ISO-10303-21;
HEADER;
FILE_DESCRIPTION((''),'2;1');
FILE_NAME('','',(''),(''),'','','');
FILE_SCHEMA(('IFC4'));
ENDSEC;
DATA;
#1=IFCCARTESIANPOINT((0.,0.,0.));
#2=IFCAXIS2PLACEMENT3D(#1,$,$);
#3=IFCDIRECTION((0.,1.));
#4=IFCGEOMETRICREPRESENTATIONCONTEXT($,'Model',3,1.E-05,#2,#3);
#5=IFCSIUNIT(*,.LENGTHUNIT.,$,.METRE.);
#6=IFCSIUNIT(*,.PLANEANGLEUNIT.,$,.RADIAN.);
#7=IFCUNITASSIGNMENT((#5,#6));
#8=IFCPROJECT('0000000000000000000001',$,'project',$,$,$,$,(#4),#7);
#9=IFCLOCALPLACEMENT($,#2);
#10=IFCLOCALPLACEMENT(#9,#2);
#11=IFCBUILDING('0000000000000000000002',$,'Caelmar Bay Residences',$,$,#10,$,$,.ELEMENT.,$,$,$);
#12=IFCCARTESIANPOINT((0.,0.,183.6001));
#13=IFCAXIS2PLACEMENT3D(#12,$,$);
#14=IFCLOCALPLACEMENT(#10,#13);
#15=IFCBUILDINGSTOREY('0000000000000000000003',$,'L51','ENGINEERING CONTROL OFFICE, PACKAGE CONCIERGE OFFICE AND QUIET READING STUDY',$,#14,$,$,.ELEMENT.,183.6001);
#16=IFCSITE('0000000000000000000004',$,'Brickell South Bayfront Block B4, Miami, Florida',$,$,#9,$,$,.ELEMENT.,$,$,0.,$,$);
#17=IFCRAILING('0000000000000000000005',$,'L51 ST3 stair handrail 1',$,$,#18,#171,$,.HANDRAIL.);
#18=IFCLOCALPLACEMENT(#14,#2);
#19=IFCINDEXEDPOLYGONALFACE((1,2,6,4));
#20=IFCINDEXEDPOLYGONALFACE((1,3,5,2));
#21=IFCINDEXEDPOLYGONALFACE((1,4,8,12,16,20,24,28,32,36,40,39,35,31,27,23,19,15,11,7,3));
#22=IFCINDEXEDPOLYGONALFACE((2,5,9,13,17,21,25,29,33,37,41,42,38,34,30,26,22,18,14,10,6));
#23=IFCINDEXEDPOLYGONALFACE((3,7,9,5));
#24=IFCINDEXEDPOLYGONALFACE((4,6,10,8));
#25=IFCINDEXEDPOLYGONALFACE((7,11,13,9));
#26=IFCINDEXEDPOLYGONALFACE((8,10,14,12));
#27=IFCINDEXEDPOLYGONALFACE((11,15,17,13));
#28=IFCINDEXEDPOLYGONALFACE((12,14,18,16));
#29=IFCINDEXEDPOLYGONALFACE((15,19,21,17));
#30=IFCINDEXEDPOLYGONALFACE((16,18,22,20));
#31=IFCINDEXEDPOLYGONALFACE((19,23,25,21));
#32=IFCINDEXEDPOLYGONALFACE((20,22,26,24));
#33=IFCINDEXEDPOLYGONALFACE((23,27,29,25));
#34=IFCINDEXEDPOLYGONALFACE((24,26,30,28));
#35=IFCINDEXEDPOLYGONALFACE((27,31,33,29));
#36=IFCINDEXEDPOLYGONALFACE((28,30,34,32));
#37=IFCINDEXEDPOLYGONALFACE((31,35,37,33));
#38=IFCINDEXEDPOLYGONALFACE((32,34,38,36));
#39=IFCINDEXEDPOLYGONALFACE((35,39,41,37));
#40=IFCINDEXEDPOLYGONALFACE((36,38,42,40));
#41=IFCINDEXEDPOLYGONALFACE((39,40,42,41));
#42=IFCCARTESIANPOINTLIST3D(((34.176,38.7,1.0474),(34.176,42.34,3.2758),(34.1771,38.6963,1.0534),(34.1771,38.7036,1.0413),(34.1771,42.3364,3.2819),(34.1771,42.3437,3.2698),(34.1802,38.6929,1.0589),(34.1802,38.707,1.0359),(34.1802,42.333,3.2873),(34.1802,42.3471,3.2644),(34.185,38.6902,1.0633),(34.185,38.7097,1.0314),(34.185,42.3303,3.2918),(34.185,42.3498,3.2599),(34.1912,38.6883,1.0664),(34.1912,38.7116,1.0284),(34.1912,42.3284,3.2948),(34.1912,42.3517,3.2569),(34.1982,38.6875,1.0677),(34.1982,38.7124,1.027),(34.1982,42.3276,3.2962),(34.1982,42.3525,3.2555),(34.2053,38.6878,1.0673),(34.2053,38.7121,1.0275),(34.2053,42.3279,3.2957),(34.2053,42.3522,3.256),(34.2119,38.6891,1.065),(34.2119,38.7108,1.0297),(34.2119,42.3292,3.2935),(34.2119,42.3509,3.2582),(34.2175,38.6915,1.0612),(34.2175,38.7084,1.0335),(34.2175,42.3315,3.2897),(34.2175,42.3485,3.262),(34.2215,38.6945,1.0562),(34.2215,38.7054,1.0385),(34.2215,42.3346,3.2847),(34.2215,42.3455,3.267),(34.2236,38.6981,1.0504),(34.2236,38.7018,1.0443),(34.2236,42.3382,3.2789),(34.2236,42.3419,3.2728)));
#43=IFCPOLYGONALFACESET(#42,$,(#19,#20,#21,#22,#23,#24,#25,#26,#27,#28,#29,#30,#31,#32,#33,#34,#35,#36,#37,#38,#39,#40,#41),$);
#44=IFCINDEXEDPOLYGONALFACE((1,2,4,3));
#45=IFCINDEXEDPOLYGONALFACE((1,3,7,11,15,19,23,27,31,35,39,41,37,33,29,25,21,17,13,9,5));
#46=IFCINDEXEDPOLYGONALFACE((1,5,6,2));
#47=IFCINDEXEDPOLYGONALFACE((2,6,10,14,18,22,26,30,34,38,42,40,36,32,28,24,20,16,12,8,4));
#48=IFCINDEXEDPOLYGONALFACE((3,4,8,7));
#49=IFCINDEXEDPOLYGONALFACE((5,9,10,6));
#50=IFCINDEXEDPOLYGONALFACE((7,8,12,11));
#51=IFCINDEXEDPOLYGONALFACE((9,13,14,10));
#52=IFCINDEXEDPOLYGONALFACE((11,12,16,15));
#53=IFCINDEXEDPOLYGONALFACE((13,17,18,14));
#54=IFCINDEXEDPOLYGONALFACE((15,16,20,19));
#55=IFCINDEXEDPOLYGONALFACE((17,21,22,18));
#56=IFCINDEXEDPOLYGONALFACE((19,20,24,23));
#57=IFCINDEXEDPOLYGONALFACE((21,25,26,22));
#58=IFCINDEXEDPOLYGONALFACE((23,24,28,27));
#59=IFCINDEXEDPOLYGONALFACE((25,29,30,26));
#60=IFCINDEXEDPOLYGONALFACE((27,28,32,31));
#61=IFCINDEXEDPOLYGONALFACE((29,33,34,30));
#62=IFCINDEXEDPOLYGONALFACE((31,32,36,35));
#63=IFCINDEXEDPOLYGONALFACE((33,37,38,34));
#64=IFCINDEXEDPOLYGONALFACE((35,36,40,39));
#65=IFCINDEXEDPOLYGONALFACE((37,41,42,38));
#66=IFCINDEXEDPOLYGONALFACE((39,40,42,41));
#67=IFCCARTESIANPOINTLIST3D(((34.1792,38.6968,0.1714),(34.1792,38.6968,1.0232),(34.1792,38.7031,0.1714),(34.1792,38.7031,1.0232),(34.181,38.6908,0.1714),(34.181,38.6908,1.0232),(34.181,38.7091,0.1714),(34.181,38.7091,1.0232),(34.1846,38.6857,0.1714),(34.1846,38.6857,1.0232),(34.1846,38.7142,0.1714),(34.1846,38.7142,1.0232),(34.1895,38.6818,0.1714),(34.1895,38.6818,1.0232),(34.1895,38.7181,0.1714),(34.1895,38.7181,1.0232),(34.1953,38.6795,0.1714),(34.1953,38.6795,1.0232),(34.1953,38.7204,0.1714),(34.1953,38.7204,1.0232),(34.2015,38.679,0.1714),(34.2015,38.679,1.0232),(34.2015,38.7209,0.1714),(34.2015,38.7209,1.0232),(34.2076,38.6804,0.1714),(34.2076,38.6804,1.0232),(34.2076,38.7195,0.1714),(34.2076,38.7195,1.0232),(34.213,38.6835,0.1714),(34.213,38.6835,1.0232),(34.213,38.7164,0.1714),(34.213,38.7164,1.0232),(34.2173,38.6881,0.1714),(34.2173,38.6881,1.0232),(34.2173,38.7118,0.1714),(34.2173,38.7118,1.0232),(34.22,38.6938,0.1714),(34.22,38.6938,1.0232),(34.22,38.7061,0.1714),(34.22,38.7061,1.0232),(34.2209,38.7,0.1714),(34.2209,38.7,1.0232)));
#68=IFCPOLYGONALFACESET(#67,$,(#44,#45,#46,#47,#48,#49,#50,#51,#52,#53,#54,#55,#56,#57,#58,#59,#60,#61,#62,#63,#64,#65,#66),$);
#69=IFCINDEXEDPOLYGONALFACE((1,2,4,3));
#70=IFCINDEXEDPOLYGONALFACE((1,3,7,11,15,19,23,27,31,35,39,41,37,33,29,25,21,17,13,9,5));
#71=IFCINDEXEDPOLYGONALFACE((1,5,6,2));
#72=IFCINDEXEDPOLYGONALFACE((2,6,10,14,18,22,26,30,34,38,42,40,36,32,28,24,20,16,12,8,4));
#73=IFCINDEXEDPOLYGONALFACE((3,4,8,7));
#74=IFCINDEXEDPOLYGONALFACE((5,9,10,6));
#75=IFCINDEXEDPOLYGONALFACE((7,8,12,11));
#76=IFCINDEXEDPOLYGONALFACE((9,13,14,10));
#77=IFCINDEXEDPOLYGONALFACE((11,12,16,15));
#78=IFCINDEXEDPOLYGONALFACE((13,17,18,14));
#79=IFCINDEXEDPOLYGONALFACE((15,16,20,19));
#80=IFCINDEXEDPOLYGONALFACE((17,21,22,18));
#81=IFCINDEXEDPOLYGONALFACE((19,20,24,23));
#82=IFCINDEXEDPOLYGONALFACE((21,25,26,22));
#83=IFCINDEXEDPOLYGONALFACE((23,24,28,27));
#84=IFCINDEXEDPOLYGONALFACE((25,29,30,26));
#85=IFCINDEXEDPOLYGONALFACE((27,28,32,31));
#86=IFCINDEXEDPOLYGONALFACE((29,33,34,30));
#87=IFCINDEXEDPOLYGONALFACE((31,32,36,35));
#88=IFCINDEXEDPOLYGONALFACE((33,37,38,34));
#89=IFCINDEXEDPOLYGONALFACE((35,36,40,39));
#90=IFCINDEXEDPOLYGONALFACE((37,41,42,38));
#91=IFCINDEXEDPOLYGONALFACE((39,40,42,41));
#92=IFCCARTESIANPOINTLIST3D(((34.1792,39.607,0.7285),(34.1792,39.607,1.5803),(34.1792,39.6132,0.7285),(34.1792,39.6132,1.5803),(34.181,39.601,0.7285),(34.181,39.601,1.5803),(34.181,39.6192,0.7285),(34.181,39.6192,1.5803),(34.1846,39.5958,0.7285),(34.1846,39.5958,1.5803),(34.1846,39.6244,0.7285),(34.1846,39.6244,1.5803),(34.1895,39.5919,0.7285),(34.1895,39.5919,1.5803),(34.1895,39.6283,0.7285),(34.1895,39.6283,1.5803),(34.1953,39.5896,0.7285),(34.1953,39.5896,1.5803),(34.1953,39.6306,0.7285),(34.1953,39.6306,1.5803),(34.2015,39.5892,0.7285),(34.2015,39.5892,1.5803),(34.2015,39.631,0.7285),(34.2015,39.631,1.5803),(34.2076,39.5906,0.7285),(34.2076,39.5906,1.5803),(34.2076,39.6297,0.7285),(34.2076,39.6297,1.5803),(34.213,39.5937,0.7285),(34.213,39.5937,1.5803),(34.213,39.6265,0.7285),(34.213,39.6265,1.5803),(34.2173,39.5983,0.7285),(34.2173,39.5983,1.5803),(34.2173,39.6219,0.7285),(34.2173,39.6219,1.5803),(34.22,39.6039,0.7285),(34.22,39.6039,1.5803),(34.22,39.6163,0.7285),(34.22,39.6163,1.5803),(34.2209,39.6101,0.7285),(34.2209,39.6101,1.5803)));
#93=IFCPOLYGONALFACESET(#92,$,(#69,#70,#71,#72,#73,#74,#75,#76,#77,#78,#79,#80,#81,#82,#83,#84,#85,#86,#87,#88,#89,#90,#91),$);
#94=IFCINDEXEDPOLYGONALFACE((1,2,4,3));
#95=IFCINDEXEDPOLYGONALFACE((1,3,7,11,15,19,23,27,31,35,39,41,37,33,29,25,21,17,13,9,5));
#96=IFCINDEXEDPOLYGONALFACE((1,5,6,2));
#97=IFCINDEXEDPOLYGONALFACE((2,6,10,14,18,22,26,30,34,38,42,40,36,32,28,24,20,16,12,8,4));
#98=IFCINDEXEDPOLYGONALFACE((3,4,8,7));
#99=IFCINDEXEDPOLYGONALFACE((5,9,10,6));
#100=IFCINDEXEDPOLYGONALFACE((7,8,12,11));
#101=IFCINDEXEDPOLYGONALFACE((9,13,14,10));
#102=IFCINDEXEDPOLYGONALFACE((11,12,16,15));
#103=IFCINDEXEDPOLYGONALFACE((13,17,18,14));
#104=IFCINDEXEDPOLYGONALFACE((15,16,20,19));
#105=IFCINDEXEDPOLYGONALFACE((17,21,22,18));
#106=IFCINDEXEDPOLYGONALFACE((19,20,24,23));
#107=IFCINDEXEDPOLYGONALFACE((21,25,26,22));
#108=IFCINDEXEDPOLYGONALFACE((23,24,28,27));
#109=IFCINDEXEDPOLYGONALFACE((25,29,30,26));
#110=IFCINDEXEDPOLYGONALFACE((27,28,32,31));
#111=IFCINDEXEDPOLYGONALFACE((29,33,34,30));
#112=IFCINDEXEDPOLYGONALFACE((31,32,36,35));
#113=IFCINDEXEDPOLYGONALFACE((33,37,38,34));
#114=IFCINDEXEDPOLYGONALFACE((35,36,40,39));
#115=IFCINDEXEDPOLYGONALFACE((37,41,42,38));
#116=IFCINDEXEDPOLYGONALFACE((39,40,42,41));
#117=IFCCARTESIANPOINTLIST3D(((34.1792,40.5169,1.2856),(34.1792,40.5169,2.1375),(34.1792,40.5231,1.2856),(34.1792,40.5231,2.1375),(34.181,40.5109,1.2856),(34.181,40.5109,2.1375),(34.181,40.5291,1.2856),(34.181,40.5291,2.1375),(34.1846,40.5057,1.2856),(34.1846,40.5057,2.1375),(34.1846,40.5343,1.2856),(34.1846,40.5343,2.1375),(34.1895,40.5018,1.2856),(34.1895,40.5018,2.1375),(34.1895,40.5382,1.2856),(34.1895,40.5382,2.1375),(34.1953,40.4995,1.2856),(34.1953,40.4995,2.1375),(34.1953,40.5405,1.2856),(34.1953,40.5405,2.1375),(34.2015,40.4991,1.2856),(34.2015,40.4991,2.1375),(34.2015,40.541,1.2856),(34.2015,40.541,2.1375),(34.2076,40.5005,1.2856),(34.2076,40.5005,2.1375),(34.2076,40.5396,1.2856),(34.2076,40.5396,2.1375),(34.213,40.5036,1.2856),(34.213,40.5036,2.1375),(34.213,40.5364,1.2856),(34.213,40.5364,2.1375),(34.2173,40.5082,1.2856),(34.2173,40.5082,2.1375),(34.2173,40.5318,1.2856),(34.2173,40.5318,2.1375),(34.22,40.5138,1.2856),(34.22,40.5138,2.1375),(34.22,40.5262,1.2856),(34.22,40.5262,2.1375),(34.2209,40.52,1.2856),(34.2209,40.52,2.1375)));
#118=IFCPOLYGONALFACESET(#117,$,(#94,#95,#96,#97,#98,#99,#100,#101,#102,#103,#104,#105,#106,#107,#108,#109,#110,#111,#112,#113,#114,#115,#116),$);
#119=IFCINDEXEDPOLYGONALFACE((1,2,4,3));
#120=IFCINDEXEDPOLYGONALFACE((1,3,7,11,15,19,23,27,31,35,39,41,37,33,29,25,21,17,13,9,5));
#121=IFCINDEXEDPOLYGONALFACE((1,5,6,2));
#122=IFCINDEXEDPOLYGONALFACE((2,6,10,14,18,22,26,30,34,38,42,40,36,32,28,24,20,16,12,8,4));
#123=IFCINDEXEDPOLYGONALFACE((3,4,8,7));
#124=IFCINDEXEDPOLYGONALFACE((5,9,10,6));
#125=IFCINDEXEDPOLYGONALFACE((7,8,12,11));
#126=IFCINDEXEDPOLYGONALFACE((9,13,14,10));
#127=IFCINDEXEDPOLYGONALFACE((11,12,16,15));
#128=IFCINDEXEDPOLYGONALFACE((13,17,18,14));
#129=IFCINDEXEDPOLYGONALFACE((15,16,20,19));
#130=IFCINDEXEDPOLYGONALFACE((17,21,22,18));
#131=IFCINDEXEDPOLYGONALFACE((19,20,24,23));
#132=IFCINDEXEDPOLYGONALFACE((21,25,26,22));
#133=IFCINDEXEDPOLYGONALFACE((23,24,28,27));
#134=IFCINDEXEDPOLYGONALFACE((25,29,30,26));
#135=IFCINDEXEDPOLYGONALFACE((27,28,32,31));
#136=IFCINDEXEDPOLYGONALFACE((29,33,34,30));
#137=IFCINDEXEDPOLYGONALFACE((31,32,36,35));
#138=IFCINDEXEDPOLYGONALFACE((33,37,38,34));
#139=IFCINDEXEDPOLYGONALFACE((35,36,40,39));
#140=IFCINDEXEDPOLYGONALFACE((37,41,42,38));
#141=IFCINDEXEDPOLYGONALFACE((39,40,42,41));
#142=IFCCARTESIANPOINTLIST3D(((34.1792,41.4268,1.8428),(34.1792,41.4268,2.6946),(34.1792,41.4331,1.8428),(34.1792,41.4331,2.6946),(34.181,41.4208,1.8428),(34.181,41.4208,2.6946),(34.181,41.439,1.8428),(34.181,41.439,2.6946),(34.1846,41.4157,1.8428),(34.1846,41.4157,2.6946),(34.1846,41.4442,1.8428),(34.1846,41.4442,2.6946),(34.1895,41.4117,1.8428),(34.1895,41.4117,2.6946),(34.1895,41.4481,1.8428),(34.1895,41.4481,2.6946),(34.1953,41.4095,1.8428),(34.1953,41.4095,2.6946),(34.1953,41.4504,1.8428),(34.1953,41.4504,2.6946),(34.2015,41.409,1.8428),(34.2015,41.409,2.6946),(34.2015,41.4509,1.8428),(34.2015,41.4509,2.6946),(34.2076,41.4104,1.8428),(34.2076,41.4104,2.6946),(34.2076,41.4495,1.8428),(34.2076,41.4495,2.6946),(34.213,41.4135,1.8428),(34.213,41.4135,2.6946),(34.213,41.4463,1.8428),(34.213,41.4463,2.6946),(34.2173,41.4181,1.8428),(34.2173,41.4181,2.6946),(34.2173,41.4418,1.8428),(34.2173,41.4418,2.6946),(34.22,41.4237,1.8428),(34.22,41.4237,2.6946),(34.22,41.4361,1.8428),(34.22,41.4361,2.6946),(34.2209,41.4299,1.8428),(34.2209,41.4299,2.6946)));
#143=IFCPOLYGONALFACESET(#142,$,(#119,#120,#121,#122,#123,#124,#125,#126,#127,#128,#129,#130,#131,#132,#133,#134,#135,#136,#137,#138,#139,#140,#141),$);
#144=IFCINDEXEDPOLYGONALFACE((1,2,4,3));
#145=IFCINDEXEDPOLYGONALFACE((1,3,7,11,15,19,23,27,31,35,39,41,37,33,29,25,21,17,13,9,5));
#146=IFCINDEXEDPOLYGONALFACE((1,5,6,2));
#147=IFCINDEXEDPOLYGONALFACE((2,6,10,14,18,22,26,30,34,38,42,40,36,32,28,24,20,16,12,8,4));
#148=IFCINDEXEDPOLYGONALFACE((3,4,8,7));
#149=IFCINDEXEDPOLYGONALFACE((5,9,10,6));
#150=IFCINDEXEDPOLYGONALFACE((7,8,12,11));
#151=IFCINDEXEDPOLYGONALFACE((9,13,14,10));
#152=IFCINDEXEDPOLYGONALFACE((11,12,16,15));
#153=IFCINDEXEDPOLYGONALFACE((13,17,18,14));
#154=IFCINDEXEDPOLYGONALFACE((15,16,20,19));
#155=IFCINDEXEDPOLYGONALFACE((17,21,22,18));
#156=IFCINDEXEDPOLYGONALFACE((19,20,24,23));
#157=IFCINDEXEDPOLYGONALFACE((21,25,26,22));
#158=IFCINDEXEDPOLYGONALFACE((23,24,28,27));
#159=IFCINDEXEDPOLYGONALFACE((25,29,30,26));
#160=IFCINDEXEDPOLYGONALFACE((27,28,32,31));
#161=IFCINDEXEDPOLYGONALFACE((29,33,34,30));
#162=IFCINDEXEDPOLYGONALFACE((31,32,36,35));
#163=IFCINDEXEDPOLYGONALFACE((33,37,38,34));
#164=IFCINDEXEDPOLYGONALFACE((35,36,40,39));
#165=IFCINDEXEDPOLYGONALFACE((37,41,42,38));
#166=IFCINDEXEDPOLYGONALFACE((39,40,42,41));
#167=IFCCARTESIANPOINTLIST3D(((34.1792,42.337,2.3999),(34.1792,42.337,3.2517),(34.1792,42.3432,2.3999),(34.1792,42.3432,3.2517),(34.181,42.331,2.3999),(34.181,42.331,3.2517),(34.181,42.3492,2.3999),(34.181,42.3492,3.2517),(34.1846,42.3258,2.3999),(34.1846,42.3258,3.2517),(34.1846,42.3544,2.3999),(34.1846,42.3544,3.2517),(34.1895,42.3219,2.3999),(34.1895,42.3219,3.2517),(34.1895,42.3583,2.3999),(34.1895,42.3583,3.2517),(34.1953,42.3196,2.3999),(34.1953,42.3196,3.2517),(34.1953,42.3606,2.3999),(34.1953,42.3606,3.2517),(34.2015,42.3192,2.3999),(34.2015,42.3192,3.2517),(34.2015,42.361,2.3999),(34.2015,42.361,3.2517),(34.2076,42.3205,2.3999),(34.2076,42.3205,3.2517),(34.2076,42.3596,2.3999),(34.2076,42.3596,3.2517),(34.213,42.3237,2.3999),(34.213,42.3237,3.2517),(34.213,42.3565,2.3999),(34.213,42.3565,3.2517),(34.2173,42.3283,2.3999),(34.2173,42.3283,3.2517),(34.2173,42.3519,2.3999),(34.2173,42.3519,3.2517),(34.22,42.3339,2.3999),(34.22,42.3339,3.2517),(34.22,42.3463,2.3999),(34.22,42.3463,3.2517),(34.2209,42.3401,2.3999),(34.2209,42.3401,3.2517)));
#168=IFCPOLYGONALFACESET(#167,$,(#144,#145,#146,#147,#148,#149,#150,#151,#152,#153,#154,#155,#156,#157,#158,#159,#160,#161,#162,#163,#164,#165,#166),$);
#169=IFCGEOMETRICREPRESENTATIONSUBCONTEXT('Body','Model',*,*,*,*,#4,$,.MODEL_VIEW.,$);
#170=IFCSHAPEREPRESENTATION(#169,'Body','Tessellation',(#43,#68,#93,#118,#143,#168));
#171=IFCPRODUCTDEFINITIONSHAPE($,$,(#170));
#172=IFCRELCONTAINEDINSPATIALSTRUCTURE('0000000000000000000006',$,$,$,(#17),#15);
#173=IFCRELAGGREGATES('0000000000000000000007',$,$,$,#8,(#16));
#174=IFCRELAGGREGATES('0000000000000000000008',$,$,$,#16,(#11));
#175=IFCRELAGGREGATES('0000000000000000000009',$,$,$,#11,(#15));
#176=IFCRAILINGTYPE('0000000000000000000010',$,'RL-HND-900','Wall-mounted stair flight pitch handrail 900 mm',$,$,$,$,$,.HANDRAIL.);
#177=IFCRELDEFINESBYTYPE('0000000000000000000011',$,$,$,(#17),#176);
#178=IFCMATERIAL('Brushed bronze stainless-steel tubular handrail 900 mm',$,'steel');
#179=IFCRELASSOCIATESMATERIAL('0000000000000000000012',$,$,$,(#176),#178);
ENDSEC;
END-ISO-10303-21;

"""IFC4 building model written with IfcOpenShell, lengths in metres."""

from ifc_helpers import new_model, si_unit, direction, frame, origin, origin_2d, place, context, subcontext, project, spatial, circle, extrude, material, type_object, element, save


model = new_model("IFC4")

# Units and contexts
model_context = context("Model", 3, precision=1e-05, world=origin(), true_north=direction((0.0, 1.0)))
body_context = subcontext(model_context, "Body", "Model", "MODEL_VIEW")
ifc_project = project(units=[si_unit("LENGTHUNIT", "METRE"), si_unit("PLANEANGLEUNIT", "RADIAN")], contexts=[model_context])

# Site, building, storey
site_placement = place(None, origin())
site = spatial("IfcSite", under=ifc_project, at=site_placement, Name="Brickell South Bayfront Block B4, Miami, Florida", CompositionType="ELEMENT", RefElevation=0.0)
building_placement = place(site_placement, origin())
building = spatial("IfcBuilding", under=site, at=building_placement, Name="Caelmar Bay Residences", CompositionType="ELEMENT")
storey_placement = place(building_placement, frame((0.0, 0.0, 183.6001)))
storey = spatial("IfcBuildingStorey", under=building, at=storey_placement, Name="L51", Description="ENGINEERING CONTROL OFFICE, PACKAGE CONCIERGE OFFICE AND QUIET READING STUDY", CompositionType="ELEMENT", Elevation=183.6001)

# Railing
ifc_material_1 = material(Name="Brushed bronze stainless-steel tubular handrail 900 mm", Category="steel")
railing_type_1 = type_object("IfcRailingType", Name="RL-HND-900", Description="Wall-mounted stair flight pitch handrail 900 mm", PredefinedType="HANDRAIL", material=ifc_material_1)
railing_1_placement = place(storey_placement, frame((34.2, 38.7, 0.1714)))
element("IfcRailing", 1, at=railing_1_placement, inside=storey, type_object=railing_type_1, Name="L51 ST3 stair handrail 1", PredefinedType="HANDRAIL", context=body_context, shape_type="SweptSolid", body=[
    extrude(circle(Radius=0.0239, at=origin_2d()), frame((0.0, 0.0, 0.876), z_axis=(0.0, 0.852866, 0.52213), x_axis=(-1.0, 0.0, 0.0)), (0.0, 0.0, 1.0), 4.2681),
    extrude(circle(Radius=0.021, at=origin_2d()), origin(), (0.0, 0.0, 1.0), 0.8518),
    extrude(circle(Radius=0.021, at=origin_2d()), frame((0.0, 0.9102, 0.5571)), (0.0, 0.0, 1.0), 0.8518),
    extrude(circle(Radius=0.021, at=origin_2d()), frame((0.0, 1.8201, 1.1143)), (0.0, 0.0, 1.0), 0.8518),
    extrude(circle(Radius=0.021, at=origin_2d()), frame((0.0, 2.73, 1.6714)), (0.0, 0.0, 1.0), 0.8518),
    extrude(circle(Radius=0.021, at=origin_2d()), frame((0.0, 3.6401, 2.2285)), (0.0, 0.0, 1.0), 0.8518),
])

save(model, "model.ifc")
